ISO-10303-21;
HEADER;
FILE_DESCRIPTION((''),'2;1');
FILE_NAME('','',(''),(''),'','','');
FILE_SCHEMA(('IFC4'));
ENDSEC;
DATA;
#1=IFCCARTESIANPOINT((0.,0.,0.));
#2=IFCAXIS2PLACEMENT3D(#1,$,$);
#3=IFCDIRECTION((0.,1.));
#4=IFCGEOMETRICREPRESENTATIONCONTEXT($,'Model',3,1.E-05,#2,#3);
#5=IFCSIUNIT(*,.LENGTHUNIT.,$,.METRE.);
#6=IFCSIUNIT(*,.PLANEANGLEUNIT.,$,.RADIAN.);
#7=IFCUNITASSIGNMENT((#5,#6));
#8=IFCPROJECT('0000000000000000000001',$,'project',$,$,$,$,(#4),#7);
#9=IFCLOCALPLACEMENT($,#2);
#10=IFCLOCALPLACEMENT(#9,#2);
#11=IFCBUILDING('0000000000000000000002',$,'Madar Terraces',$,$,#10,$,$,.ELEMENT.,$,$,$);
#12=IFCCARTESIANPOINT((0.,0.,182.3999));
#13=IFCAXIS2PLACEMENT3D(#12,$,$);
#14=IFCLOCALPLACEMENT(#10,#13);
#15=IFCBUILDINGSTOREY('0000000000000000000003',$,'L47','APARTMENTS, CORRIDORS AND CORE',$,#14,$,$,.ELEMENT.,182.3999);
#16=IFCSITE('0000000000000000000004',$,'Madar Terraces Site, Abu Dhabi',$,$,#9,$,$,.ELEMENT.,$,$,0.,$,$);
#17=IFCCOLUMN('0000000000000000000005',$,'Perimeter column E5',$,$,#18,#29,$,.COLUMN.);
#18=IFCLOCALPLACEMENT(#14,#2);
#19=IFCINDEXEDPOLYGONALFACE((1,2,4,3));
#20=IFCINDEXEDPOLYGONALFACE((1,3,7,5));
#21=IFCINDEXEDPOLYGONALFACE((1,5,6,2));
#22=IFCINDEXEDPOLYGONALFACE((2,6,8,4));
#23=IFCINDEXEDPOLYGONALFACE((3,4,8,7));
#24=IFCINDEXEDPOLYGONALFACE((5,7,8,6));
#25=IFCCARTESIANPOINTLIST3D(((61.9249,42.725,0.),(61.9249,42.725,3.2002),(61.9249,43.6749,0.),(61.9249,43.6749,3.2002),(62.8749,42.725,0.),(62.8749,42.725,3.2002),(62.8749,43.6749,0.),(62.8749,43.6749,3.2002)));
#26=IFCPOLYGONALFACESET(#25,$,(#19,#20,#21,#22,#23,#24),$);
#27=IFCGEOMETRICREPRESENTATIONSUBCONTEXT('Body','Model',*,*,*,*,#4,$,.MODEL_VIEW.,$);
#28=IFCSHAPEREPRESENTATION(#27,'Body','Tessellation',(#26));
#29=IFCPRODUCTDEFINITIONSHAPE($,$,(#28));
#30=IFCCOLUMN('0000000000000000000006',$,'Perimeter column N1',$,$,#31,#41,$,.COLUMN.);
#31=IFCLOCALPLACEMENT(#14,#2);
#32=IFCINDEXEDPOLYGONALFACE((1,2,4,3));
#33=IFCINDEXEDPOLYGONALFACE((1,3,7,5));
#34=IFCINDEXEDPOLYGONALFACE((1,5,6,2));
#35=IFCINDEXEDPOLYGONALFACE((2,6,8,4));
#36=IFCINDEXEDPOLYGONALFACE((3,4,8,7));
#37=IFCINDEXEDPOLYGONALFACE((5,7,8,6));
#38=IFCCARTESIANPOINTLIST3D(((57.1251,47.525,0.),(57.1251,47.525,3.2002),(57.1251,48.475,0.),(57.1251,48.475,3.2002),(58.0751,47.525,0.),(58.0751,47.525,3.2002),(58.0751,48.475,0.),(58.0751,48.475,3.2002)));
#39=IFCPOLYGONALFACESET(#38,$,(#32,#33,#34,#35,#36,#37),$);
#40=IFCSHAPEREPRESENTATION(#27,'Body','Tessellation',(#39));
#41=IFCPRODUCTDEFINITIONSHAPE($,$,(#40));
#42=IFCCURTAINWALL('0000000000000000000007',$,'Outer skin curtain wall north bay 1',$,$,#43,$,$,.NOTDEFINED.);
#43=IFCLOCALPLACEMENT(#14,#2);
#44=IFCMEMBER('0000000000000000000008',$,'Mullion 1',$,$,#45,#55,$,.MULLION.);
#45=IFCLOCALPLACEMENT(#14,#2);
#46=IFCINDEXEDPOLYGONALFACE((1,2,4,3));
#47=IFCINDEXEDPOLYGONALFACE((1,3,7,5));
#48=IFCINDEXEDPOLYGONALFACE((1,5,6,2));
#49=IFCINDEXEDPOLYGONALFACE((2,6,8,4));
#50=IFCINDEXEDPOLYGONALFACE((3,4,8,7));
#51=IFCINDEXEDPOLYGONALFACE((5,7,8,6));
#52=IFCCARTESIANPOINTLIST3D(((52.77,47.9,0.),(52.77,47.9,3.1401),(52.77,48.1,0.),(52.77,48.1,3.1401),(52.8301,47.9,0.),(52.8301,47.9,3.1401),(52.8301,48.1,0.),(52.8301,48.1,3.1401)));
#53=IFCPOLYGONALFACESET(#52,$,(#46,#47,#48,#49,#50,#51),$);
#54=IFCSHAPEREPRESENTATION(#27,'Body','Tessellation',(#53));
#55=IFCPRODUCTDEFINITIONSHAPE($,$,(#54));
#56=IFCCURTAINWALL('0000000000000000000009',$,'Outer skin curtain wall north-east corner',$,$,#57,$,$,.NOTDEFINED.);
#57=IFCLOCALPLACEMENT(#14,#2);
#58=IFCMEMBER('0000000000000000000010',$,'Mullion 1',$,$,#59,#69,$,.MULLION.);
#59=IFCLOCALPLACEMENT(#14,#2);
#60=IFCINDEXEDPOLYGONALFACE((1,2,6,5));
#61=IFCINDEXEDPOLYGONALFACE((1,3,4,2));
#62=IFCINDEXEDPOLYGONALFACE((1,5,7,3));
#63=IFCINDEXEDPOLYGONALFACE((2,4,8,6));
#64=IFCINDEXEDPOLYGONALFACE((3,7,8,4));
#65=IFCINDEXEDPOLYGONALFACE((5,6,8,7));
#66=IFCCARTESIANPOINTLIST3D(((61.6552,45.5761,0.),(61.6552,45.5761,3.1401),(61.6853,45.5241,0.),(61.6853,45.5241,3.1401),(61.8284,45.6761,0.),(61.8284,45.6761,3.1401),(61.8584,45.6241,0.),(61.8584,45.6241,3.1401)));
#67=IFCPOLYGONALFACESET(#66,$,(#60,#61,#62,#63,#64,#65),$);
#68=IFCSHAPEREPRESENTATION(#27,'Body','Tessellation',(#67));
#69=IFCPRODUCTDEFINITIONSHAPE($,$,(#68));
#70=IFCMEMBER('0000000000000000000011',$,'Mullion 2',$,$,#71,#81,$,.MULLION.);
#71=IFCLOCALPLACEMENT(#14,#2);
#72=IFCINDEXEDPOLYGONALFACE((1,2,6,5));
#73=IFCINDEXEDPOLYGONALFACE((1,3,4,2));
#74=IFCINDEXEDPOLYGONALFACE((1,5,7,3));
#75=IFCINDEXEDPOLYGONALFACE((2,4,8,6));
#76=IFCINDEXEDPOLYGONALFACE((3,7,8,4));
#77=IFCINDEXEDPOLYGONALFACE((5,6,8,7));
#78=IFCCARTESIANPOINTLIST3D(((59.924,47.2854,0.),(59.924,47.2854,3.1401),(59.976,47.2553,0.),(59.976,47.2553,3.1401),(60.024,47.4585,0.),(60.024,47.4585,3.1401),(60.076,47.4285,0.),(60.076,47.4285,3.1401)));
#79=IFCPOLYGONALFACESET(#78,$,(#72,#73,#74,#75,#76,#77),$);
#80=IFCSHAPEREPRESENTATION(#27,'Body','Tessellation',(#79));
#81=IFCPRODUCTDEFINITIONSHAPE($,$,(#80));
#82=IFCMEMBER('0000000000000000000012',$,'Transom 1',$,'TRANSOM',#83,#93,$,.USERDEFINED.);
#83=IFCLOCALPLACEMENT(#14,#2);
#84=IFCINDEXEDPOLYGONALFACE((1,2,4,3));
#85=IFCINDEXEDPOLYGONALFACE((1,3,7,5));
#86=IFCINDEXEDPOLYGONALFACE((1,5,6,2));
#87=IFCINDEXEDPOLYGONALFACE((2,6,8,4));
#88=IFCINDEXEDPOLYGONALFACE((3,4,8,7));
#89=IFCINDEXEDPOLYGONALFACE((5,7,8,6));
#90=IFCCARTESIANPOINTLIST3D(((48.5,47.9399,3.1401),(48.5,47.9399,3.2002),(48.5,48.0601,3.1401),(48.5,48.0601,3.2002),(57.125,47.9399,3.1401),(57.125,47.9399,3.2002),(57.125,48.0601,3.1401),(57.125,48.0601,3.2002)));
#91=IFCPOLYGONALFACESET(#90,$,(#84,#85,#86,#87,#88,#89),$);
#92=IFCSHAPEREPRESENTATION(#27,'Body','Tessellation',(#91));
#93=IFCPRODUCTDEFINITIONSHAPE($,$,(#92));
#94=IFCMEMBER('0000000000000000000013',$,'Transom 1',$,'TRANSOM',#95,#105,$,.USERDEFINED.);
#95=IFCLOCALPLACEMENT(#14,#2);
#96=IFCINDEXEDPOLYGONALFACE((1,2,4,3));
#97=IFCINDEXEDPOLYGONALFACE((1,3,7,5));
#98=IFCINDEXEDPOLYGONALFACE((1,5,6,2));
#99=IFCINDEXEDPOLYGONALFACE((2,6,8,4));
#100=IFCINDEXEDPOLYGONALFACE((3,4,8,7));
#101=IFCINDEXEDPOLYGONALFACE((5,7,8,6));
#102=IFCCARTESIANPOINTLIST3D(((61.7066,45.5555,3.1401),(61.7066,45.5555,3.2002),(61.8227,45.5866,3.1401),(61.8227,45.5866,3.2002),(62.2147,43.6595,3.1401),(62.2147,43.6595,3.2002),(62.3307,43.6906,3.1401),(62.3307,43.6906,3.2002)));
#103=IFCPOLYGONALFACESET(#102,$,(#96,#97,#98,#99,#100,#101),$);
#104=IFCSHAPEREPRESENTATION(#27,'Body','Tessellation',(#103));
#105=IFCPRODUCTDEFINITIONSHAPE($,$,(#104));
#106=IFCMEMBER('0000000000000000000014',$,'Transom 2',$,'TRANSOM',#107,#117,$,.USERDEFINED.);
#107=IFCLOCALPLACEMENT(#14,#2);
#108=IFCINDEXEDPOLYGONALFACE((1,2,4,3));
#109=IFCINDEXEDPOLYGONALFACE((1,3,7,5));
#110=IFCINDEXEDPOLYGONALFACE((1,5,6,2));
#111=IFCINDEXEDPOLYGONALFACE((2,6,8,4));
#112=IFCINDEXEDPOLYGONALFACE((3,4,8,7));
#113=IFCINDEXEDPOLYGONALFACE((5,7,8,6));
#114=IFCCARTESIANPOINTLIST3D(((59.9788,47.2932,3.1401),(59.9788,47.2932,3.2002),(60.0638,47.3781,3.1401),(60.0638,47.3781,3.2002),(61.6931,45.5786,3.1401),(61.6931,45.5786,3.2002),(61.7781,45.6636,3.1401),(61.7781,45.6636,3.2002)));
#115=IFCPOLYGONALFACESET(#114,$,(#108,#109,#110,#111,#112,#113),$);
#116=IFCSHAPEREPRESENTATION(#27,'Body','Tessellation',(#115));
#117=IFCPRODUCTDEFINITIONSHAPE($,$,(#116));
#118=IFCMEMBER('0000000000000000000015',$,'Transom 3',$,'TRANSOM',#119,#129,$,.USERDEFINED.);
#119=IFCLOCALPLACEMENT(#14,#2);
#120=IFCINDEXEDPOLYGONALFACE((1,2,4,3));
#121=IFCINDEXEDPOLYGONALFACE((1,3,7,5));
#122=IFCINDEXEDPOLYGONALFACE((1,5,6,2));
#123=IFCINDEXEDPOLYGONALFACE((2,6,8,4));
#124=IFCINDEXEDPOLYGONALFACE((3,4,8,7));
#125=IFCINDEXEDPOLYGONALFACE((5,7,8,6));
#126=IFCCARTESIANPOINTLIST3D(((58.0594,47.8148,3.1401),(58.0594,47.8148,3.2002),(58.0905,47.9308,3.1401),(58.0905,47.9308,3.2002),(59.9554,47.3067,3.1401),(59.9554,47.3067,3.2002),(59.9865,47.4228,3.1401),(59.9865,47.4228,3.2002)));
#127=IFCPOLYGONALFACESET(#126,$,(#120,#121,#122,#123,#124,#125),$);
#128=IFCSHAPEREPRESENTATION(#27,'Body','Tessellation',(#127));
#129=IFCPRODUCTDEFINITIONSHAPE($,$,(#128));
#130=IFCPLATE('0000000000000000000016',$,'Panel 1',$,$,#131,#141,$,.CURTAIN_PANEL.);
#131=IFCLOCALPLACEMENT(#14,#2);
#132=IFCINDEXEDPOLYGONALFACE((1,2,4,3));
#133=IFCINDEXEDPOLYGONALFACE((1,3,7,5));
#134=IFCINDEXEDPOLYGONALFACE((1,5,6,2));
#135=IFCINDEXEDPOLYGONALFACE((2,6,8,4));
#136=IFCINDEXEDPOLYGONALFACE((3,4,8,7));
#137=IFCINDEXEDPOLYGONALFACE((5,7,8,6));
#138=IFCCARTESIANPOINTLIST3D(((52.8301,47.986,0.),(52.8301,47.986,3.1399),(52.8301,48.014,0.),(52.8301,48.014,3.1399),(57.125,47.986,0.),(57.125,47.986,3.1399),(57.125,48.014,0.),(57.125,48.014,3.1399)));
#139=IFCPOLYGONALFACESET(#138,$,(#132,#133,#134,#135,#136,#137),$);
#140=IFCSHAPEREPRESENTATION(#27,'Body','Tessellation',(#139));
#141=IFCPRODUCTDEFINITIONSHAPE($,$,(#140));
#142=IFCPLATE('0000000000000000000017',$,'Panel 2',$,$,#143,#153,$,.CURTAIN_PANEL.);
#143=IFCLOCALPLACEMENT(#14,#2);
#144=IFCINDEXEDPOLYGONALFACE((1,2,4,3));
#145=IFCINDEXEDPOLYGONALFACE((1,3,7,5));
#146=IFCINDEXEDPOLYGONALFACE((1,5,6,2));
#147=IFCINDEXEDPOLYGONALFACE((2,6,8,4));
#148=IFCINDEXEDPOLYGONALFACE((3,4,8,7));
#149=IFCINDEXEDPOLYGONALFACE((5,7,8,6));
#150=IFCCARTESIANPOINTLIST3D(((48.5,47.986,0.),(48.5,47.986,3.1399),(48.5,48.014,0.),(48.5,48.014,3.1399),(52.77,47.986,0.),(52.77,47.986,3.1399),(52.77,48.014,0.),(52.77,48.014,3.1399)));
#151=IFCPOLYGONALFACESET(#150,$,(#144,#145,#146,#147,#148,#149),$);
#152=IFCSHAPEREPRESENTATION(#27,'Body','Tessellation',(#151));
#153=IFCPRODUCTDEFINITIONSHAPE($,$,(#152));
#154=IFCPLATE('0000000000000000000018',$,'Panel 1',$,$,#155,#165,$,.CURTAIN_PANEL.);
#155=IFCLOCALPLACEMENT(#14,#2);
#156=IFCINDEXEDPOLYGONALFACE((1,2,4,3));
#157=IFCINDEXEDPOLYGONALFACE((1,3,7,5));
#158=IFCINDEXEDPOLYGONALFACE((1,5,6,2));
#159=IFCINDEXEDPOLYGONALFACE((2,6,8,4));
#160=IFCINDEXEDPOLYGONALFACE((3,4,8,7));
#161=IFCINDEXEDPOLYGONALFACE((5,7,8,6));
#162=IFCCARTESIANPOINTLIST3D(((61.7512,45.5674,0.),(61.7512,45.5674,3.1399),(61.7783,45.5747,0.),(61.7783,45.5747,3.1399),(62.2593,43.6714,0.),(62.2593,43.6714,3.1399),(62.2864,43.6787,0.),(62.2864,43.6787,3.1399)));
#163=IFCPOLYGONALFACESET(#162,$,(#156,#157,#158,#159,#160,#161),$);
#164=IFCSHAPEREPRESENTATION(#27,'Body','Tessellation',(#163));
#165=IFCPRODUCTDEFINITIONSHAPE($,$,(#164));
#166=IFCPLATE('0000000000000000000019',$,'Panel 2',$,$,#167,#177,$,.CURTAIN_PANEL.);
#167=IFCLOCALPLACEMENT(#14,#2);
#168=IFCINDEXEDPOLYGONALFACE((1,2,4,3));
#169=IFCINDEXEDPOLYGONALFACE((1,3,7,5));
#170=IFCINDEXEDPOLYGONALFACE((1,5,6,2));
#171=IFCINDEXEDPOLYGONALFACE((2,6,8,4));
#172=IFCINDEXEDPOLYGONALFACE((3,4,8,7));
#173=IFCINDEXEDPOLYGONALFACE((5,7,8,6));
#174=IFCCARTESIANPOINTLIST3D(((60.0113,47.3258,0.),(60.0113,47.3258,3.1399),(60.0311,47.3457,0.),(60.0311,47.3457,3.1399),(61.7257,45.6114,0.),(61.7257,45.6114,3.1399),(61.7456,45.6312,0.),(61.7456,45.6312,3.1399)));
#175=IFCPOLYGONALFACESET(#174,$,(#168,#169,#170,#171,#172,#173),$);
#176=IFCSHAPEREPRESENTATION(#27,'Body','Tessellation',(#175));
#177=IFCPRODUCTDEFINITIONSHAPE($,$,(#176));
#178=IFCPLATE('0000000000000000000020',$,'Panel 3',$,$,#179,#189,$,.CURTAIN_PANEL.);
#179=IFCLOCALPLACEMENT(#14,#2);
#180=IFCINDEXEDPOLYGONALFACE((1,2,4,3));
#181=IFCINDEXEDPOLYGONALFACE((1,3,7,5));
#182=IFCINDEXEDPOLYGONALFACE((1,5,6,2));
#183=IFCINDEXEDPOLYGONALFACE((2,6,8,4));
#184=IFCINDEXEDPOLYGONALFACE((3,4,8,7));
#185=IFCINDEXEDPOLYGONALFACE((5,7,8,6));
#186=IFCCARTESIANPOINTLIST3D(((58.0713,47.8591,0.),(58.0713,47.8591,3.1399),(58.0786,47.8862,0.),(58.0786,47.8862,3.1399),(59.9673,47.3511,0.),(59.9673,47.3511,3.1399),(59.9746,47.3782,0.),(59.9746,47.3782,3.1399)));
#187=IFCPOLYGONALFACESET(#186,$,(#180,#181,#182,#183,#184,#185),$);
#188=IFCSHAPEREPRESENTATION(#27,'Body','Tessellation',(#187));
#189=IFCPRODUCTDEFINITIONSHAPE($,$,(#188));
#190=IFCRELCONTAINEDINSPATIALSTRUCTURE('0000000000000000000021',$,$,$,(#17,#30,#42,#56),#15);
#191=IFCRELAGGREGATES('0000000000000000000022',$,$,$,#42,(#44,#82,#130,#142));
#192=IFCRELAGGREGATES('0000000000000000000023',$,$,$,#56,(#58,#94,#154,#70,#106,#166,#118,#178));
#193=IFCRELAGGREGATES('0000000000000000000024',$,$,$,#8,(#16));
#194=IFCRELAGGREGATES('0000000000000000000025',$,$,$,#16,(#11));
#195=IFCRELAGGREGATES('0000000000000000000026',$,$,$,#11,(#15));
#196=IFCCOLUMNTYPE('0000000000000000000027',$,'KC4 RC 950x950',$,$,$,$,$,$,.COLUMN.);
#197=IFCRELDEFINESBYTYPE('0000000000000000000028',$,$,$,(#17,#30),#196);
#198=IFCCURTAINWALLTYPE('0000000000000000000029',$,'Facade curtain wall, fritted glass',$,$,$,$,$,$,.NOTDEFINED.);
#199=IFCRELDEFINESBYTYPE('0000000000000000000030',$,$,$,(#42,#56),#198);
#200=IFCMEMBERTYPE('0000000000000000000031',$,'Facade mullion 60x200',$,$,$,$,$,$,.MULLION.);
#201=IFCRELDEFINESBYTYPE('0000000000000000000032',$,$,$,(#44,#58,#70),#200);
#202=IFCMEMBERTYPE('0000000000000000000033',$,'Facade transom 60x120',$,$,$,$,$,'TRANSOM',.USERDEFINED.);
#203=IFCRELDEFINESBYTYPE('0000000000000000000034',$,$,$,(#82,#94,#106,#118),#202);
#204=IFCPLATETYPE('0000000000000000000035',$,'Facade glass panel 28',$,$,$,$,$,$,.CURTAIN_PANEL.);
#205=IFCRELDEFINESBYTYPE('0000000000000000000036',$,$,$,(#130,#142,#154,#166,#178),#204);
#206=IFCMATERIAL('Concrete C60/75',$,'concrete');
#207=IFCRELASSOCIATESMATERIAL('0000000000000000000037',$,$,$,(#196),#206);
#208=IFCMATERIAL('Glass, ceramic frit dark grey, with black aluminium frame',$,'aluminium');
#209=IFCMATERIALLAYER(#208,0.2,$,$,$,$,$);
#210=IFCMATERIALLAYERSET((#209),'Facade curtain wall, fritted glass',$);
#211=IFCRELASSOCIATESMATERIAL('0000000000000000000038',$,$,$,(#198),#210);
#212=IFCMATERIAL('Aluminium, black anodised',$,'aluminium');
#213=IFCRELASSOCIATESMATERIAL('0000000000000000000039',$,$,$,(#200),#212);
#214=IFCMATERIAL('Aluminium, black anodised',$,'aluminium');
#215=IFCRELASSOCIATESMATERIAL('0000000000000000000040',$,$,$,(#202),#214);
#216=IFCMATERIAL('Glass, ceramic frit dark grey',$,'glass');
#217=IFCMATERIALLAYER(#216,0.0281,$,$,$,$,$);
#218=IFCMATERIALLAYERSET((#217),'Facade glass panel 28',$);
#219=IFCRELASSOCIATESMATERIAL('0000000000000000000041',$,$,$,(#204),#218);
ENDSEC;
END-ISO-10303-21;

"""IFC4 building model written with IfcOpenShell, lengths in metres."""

from ifc_helpers import new_model, si_unit, direction, frame, origin, origin_2d, place, context, subcontext, project, spatial, rectangle, extrude, material, layer, layer_set, material_profile, profile_set, type_object, element, aggregate, save


model = new_model("IFC4")

# Units and contexts
model_context = context("Model", 3, precision=1e-05, world=origin(), true_north=direction((0.0, 1.0)))
body_context = subcontext(model_context, "Body", "Model", "MODEL_VIEW")
ifc_project = project(units=[si_unit("LENGTHUNIT", "METRE"), si_unit("PLANEANGLEUNIT", "RADIAN")], contexts=[model_context])

# Site, building, storey
site_placement = place(None, origin())
site = spatial("IfcSite", under=ifc_project, at=site_placement, Name="Madar Terraces Site, Abu Dhabi", CompositionType="ELEMENT", RefElevation=0.0)
building_placement = place(site_placement, origin())
building = spatial("IfcBuilding", under=site, at=building_placement, Name="Madar Terraces", CompositionType="ELEMENT")
storey_placement = place(building_placement, frame((0.0, 0.0, 182.3999)))
storey = spatial("IfcBuildingStorey", under=building, at=storey_placement, Name="L47", Description="APARTMENTS, CORRIDORS AND CORE", CompositionType="ELEMENT", Elevation=182.3999)

# Columns
ifc_material_1 = material(Name="Concrete C60/75", Category="concrete")
ifc_material_profile_1 = material_profile(ifc_material_1, rectangle(XDim=0.95, YDim=0.95, at=origin_2d()), Name="KC4 RC 950x950")
ifc_profile_set_1 = profile_set([ifc_material_profile_1], Name="Concrete C60/75")
column_type = type_object("IfcColumnType", Name="KC4 RC 950x950", PredefinedType="COLUMN", material=ifc_profile_set_1)
for number, where, z_axis, x_axis, name in (
    (1, (62.3999, 43.2, 0.0), (0.0, 0.0, 1.0), (1.0, 0.0, 0.0), "Perimeter column E5"),
    (2, (57.6001, 48.0, 0.0), (0.0, 0.0, 1.0), (1.0, 0.0, 0.0), "Perimeter column N1"),
):
    element("IfcColumn", number, at=place(storey_placement, frame(where, z_axis=z_axis, x_axis=x_axis)), inside=storey, type_object=column_type, Name=name, PredefinedType="COLUMN", context=body_context, shape_type="SweptSolid", body=[
        extrude(rectangle(XDim=0.95, YDim=0.95, at=origin_2d()), origin(), (0.0, 0.0, 1.0), 3.2002),
    ])

# Curtain wall, member
ifc_material_2 = material(Name="Glass, ceramic frit dark grey, with black aluminium frame", Category="aluminium")
ifc_layer_1 = layer(ifc_material_2, 0.2)
ifc_layer_set_1 = layer_set([ifc_layer_1], Name="Facade curtain wall, fritted glass")
curtain_wall_type = type_object("IfcCurtainWallType", Name="Facade curtain wall, fritted glass", PredefinedType="NOTDEFINED", material=ifc_layer_set_1)
curtain_wall_1_placement = place(storey_placement, origin())
curtain_wall_1 = element("IfcCurtainWall", 3, at=curtain_wall_1_placement, inside=storey, type_object=curtain_wall_type, Name="Outer skin curtain wall north bay 1", PredefinedType="NOTDEFINED")
ifc_material_3 = material(Name="Aluminium, black anodised", Category="aluminium")
ifc_material_profile_2 = material_profile(ifc_material_3, rectangle(XDim=0.2, YDim=0.0601, at=origin_2d()), Name="Facade mullion 60x200")
ifc_profile_set_2 = profile_set([ifc_material_profile_2], Name="Aluminium, black anodised")
member_type_1 = type_object("IfcMemberType", Name="Facade mullion 60x200", PredefinedType="MULLION", material=ifc_profile_set_2)
member_1_placement = place(storey_placement, frame((52.8, 48.0, 0.0), z_axis=(0.0, 0.0, 1.0), x_axis=(0.0, -1.0, 0.0)))
member_1 = element("IfcMember", 4, at=member_1_placement, type_object=member_type_1, Name="Mullion 1", PredefinedType="MULLION", context=body_context, shape_type="SweptSolid", body=[
    extrude(rectangle(XDim=0.2, YDim=0.0601, at=origin_2d()), origin(), (0.0, 0.0, 1.0), 3.1401),
])

# Curtain wall, members
curtain_wall_2_placement = place(storey_placement, origin())
curtain_wall_2 = element("IfcCurtainWall", 5, at=curtain_wall_2_placement, inside=storey, type_object=curtain_wall_type, Name="Outer skin curtain wall north-east corner", PredefinedType="NOTDEFINED")
member_2_placement = place(storey_placement, frame((61.7568, 45.6001, 0.0), z_axis=(0.0, 0.0, 1.0), x_axis=(-0.866025, -0.5, 0.0)))
member_2 = element("IfcMember", 6, at=member_2_placement, type_object=member_type_1, Name="Mullion 1", PredefinedType="MULLION", context=body_context, shape_type="SweptSolid", body=[
    extrude(rectangle(XDim=0.2, YDim=0.0601, at=origin_2d()), origin(), (0.0, 0.0, 1.0), 3.1401),
])
member_3_placement = place(storey_placement, frame((60.0, 47.3569, 0.0), z_axis=(0.0, 0.0, 1.0), x_axis=(-0.5, -0.866025, 0.0)))
member_3 = element("IfcMember", 7, at=member_3_placement, type_object=member_type_1, Name="Mullion 2", PredefinedType="MULLION", context=body_context, shape_type="SweptSolid", body=[
    extrude(rectangle(XDim=0.2, YDim=0.0601, at=origin_2d()), origin(), (0.0, 0.0, 1.0), 3.1401),
])

# Members
ifc_material_4 = material(Name="Aluminium, black anodised", Category="aluminium")
ifc_material_profile_3 = material_profile(ifc_material_4, rectangle(XDim=0.1201, YDim=0.0601, at=origin_2d()), Name="Facade transom 60x120")
ifc_profile_set_3 = profile_set([ifc_material_profile_3], Name="Aluminium, black anodised")
member_type_2 = type_object("IfcMemberType", Name="Facade transom 60x120", ElementType="TRANSOM", PredefinedType="USERDEFINED", material=ifc_profile_set_3)
member_4_placement = place(storey_placement, frame((57.125, 48.0, 3.1702), z_axis=(-1.0, 0.0, 0.0), x_axis=(0.0, -1.0, 0.0)))
member_4 = element("IfcMember", 8, at=member_4_placement, type_object=member_type_2, Name="Transom 1", ObjectType="TRANSOM", PredefinedType="USERDEFINED", context=body_context, shape_type="SweptSolid", body=[
    extrude(rectangle(XDim=0.1201, YDim=0.0601, at=origin_2d()), origin(), (0.0, 0.0, 1.0), 8.625),
])
member_5_placement = place(storey_placement, frame((62.2727, 43.675, 3.1702), z_axis=(-0.258831, 0.965923, 0.0), x_axis=(-0.965923, -0.258831, 0.0)))
member_5 = element("IfcMember", 9, at=member_5_placement, type_object=member_type_2, Name="Transom 1", ObjectType="TRANSOM", PredefinedType="USERDEFINED", context=body_context, shape_type="SweptSolid", body=[
    extrude(rectangle(XDim=0.1201, YDim=0.0601, at=origin_2d()), origin(), (0.0, 0.0, 1.0), 1.9629),
])
member_6_placement = place(storey_placement, frame((61.7356, 45.6211, 3.1702), z_axis=(-0.707056, 0.707157, 0.0), x_axis=(-0.707157, -0.707056, 0.0)))
member_6 = element("IfcMember", 10, at=member_6_placement, type_object=member_type_2, Name="Transom 2", ObjectType="TRANSOM", PredefinedType="USERDEFINED", context=body_context, shape_type="SweptSolid", body=[
    extrude(rectangle(XDim=0.1201, YDim=0.0601, at=origin_2d()), origin(), (0.0, 0.0, 1.0), 2.4246),
])
member_7_placement = place(storey_placement, frame((59.9709, 47.3647, 3.1702), z_axis=(-0.965923, 0.258831, 0.0), x_axis=(-0.258831, -0.965923, 0.0)))
member_7 = element("IfcMember", 11, at=member_7_placement, type_object=member_type_2, Name="Transom 3", ObjectType="TRANSOM", PredefinedType="USERDEFINED", context=body_context, shape_type="SweptSolid", body=[
    extrude(rectangle(XDim=0.1201, YDim=0.0601, at=origin_2d()), origin(), (0.0, 0.0, 1.0), 1.9629),
])

# Plates
ifc_material_5 = material(Name="Glass, ceramic frit dark grey", Category="glass")
ifc_layer_2 = layer(ifc_material_5, 0.0281)
ifc_layer_set_2 = layer_set([ifc_layer_2], Name="Facade glass panel 28")
plate_type = type_object("IfcPlateType", Name="Facade glass panel 28", PredefinedType="CURTAIN_PANEL", material=ifc_layer_set_2)
plate_1_placement = place(storey_placement, frame((54.9775, 48.0, 0.0), z_axis=(0.0, 0.0, 1.0), x_axis=(-1.0, 0.0, 0.0)))
plate_1 = element("IfcPlate", 12, at=plate_1_placement, type_object=plate_type, Name="Panel 1", PredefinedType="CURTAIN_PANEL", context=body_context, shape_type="SweptSolid", body=[
    extrude(rectangle(XDim=4.2949, YDim=0.0281, at=origin_2d()), origin(), (0.0, 0.0, 1.0), 3.1399),
])
plate_2_placement = place(storey_placement, frame((50.635, 48.0, 0.0), z_axis=(0.0, 0.0, 1.0), x_axis=(-1.0, 0.0, 0.0)))
plate_2 = element("IfcPlate", 13, at=plate_2_placement, type_object=plate_type, Name="Panel 2", PredefinedType="CURTAIN_PANEL", context=body_context, shape_type="SweptSolid", body=[
    extrude(rectangle(XDim=4.27, YDim=0.0281, at=origin_2d()), origin(), (0.0, 0.0, 1.0), 3.1399),
])
aggregate(curtain_wall_1, [member_1, member_4, plate_1, plate_2])
plate_3_placement = place(storey_placement, frame((62.0188, 44.623, 0.0), z_axis=(0.0, 0.0, 1.0), x_axis=(-0.258819, 0.965926, 0.0)))
plate_3 = element("IfcPlate", 14, at=plate_3_placement, type_object=plate_type, Name="Panel 1", PredefinedType="CURTAIN_PANEL", context=body_context, shape_type="SweptSolid", body=[
    extrude(rectangle(XDim=1.9629, YDim=0.0281, at=origin_2d()), origin(), (0.0, 0.0, 1.0), 3.1399),
])
plate_4_placement = place(storey_placement, frame((60.8784, 46.4785, 0.0), z_axis=(0.0, 0.0, 1.0), x_axis=(-0.707107, 0.707107, 0.0)))
plate_4 = element("IfcPlate", 15, at=plate_4_placement, type_object=plate_type, Name="Panel 2", PredefinedType="CURTAIN_PANEL", context=body_context, shape_type="SweptSolid", body=[
    extrude(rectangle(XDim=2.4246, YDim=0.0281, at=origin_2d()), origin(), (0.0, 0.0, 1.0), 3.1399),
])
plate_5_placement = place(storey_placement, frame((59.0229, 47.6187, 0.0), z_axis=(0.0, 0.0, 1.0), x_axis=(-0.965926, 0.258819, 0.0)))
plate_5 = element("IfcPlate", 16, at=plate_5_placement, type_object=plate_type, Name="Panel 3", PredefinedType="CURTAIN_PANEL", context=body_context, shape_type="SweptSolid", body=[
    extrude(rectangle(XDim=1.9629, YDim=0.0281, at=origin_2d()), origin(), (0.0, 0.0, 1.0), 3.1399),
])
aggregate(curtain_wall_2, [member_2, member_5, plate_3, member_3, member_6, plate_4, member_7, plate_5])

save(model, "model.ifc")
